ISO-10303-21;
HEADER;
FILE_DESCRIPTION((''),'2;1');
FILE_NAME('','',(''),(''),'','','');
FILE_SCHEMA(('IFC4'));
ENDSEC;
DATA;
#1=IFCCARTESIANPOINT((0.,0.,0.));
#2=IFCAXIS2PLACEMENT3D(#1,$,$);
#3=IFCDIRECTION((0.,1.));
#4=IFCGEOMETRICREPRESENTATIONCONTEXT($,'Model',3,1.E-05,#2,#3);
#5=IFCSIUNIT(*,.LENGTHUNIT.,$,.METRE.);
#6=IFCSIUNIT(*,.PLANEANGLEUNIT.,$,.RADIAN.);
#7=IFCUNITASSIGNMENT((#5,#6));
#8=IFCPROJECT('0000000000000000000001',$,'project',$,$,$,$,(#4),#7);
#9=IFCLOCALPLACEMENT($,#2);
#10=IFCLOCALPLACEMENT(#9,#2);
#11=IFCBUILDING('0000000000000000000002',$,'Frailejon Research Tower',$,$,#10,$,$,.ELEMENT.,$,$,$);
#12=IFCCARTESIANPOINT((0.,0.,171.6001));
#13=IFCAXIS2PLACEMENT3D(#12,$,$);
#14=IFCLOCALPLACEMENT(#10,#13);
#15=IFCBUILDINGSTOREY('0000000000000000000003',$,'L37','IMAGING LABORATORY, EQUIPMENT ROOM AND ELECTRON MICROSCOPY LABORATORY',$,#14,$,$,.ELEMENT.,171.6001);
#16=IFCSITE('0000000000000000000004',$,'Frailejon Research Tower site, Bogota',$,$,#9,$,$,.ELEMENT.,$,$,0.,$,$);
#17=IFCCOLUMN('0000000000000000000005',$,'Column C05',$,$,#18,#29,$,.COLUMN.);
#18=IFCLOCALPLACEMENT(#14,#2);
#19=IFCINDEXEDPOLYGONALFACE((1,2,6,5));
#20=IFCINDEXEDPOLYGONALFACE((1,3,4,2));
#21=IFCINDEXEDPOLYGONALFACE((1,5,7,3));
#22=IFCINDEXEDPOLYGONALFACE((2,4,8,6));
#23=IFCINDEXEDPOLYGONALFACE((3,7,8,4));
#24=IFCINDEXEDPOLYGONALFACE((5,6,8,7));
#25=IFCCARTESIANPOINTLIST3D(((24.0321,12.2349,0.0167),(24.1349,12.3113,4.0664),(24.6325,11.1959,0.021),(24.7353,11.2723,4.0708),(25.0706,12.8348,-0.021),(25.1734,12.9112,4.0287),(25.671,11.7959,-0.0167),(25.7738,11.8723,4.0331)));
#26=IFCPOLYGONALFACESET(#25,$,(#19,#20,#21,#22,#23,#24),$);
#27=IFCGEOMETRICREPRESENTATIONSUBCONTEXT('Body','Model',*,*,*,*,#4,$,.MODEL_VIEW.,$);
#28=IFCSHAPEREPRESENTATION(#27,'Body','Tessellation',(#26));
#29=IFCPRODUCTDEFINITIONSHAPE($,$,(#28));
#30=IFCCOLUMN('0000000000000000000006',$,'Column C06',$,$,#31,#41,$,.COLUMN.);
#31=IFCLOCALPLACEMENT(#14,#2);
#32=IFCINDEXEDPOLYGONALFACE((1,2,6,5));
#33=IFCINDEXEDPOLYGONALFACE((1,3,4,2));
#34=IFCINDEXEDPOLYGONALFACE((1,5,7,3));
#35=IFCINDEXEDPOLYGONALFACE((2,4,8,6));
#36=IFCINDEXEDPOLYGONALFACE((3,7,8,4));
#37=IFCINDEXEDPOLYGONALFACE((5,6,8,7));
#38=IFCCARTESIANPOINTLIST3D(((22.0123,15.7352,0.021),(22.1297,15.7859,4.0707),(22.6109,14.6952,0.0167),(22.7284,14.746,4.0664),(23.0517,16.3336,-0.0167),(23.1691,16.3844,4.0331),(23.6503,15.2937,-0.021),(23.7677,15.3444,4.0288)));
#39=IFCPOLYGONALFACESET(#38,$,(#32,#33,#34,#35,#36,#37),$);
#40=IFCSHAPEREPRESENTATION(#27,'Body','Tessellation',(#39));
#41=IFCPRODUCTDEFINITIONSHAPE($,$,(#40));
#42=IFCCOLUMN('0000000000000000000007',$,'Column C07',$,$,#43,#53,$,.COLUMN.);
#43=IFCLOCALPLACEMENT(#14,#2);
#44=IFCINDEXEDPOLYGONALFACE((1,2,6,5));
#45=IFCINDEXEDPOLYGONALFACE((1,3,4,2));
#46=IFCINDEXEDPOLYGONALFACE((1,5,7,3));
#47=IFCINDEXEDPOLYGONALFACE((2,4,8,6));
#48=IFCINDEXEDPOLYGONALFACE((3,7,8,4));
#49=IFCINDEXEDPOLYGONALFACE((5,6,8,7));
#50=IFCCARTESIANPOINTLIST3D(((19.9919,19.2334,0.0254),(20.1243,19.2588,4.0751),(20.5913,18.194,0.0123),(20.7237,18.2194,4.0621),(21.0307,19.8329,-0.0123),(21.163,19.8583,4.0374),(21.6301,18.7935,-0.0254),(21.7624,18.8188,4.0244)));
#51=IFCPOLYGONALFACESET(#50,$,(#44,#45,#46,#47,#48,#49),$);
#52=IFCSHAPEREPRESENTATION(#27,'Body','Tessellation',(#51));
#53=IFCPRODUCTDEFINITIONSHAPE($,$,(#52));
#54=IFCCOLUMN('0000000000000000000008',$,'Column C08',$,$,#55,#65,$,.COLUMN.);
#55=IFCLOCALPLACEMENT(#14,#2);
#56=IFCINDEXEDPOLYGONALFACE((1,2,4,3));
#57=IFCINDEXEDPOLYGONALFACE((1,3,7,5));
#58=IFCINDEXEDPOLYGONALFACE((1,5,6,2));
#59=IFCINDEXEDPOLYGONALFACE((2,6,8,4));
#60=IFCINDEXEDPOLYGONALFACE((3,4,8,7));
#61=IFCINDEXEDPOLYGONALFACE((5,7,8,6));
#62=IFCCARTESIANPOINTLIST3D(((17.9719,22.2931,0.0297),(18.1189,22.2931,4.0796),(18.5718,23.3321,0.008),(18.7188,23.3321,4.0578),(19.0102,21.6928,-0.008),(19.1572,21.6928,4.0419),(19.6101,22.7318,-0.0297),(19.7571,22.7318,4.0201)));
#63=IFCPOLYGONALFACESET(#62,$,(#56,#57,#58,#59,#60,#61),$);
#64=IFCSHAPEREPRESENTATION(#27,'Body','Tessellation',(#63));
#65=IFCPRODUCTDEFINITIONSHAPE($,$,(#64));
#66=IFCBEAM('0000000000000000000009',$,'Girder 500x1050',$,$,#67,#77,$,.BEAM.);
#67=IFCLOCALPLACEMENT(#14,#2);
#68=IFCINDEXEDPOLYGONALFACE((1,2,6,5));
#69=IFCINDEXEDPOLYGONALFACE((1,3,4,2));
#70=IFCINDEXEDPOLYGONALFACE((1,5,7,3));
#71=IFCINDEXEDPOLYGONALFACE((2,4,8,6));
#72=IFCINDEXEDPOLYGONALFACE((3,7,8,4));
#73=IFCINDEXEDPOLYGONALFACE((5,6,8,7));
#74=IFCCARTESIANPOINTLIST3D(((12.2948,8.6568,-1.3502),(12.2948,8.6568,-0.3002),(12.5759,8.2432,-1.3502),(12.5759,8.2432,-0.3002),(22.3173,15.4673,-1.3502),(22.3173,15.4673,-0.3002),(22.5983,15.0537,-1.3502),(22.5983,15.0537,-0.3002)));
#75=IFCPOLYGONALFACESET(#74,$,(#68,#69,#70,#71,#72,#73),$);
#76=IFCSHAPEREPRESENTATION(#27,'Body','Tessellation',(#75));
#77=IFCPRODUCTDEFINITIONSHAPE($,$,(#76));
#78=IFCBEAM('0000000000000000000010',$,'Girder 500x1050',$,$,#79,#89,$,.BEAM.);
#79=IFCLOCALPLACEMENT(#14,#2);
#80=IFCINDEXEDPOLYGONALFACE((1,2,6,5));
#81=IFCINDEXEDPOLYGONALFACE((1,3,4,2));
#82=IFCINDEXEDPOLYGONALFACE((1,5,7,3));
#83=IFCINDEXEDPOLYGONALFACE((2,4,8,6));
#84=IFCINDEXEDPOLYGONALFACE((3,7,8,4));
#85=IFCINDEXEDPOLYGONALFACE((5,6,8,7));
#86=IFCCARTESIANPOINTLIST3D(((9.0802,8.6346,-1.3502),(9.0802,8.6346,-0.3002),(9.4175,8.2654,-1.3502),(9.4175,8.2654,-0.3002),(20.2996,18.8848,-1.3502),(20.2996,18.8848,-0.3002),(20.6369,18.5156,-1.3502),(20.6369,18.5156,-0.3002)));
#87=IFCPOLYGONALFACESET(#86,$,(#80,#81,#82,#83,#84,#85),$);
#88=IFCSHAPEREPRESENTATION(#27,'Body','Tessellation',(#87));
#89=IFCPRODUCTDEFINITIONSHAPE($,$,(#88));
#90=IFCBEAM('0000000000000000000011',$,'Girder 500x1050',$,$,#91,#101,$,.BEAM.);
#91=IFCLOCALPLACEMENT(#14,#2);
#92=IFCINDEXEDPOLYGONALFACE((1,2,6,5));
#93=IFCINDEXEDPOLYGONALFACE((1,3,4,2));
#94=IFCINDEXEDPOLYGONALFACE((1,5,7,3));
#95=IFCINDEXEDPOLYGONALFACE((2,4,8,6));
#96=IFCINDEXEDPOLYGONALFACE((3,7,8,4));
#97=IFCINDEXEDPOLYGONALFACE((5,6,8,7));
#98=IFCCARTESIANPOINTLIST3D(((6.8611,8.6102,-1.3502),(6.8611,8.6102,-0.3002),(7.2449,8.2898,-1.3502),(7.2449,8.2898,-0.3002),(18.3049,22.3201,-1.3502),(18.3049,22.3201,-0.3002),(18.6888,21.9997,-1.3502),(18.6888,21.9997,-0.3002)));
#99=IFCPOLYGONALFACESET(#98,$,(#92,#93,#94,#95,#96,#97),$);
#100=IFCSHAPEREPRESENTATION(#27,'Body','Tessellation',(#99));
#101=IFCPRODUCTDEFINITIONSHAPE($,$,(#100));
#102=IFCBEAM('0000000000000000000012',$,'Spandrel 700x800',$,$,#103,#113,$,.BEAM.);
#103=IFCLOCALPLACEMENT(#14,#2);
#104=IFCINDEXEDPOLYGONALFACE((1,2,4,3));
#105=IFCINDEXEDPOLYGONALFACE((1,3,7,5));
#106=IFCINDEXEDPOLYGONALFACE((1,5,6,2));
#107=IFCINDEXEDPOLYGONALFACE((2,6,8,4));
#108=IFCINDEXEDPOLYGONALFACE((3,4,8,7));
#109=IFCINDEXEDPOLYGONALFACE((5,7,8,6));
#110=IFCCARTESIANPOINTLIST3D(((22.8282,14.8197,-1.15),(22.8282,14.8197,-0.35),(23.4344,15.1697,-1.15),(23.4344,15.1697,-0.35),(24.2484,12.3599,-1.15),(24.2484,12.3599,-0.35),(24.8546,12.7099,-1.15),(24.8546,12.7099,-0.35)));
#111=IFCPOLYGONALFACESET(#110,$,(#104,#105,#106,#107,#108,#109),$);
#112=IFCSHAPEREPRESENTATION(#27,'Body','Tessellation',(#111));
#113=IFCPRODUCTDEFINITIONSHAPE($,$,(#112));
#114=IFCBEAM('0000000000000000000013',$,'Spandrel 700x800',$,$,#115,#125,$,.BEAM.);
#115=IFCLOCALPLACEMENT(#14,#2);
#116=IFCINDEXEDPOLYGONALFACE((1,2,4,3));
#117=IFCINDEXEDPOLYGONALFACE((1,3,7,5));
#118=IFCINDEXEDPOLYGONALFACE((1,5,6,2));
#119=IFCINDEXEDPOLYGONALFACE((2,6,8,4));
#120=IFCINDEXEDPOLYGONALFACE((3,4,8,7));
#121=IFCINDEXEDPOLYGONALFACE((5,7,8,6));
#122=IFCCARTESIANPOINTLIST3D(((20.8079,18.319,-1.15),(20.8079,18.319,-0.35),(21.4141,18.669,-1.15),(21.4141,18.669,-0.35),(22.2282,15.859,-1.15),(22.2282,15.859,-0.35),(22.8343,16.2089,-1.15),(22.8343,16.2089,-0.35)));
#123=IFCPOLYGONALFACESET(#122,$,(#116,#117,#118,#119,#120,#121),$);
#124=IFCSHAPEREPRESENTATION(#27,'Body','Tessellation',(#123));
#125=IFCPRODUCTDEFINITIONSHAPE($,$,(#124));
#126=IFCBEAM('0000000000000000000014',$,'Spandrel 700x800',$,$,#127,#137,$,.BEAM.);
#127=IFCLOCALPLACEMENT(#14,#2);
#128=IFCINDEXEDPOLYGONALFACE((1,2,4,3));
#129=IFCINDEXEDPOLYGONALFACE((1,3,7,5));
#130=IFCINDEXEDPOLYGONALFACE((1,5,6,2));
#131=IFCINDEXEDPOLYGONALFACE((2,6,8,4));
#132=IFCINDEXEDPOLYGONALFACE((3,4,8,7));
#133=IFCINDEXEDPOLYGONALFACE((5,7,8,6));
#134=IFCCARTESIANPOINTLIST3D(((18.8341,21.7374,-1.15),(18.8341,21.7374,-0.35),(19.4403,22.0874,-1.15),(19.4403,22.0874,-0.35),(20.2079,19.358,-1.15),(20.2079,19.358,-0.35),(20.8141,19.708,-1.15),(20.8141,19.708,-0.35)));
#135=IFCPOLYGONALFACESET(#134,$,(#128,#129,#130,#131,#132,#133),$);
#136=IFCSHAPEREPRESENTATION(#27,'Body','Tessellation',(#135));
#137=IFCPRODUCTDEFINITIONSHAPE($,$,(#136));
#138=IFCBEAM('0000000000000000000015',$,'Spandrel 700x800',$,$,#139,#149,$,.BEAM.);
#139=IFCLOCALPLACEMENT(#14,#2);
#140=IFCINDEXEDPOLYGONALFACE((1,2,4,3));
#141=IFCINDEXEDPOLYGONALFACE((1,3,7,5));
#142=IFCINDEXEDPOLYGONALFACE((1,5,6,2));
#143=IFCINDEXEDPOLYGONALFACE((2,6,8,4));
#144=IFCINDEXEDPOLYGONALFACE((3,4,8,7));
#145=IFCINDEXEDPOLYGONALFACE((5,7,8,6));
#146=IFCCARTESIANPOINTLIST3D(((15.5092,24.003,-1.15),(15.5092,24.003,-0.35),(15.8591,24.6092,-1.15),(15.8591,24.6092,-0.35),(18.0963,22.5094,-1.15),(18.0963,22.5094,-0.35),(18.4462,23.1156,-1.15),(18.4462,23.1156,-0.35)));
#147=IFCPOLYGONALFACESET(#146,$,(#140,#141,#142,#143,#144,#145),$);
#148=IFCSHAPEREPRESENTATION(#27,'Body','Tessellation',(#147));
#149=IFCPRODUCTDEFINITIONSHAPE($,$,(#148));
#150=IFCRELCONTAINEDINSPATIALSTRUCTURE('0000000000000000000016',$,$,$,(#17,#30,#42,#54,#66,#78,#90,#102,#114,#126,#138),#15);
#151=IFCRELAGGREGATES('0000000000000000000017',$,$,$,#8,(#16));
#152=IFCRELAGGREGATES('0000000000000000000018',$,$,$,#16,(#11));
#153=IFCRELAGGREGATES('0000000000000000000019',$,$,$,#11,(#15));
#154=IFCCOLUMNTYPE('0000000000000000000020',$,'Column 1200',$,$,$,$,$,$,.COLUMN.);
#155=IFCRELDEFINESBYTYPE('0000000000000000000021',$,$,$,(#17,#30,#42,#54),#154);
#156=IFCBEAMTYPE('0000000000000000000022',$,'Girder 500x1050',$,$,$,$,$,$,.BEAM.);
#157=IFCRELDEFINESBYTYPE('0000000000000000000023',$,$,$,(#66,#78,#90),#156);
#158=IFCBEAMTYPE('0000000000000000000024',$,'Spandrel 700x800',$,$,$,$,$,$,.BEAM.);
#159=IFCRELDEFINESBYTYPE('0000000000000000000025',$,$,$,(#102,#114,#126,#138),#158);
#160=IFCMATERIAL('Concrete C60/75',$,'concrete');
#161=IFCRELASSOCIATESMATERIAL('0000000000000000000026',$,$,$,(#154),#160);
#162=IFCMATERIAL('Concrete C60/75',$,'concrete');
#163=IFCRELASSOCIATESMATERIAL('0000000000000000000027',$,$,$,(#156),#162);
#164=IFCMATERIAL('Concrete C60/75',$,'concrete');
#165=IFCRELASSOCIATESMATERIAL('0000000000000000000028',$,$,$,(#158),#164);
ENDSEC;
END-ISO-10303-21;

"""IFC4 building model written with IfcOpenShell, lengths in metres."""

from ifc_helpers import new_model, si_unit, direction, frame, origin, origin_2d, place, context, subcontext, project, spatial, rectangle, extrude, material, material_profile, profile_set, type_object, element, save


model = new_model("IFC4")

# Units and contexts
model_context = context("Model", 3, precision=1e-05, world=origin(), true_north=direction((0.0, 1.0)))
body_context = subcontext(model_context, "Body", "Model", "MODEL_VIEW")
ifc_project = project(units=[si_unit("LENGTHUNIT", "METRE"), si_unit("PLANEANGLEUNIT", "RADIAN")], contexts=[model_context])

# Site, building, storey
site_placement = place(None, origin())
site = spatial("IfcSite", under=ifc_project, at=site_placement, Name="Frailejon Research Tower site, Bogota", CompositionType="ELEMENT", RefElevation=0.0)
building_placement = place(site_placement, origin())
building = spatial("IfcBuilding", under=site, at=building_placement, Name="Frailejon Research Tower", CompositionType="ELEMENT")
storey_placement = place(building_placement, frame((0.0, 0.0, 171.6001)))
storey = spatial("IfcBuildingStorey", under=building, at=storey_placement, Name="L37", Description="IMAGING LABORATORY, EQUIPMENT ROOM AND ELECTRON MICROSCOPY LABORATORY", CompositionType="ELEMENT", Elevation=171.6001)

# Columns
ifc_material_1 = material(Name="Concrete C60/75", Category="concrete")
ifc_material_profile_1 = material_profile(ifc_material_1, rectangle(XDim=1.2, YDim=1.2, at=origin_2d()), Name="Column 1200")
ifc_profile_set_1 = profile_set([ifc_material_profile_1], Name="Concrete C60/75")
column_type = type_object("IfcColumnType", Name="Column 1200", PredefinedType="COLUMN", material=ifc_profile_set_1)
for number, where, z_axis, x_axis, name in (
    (1, (24.8516, 12.0154, 0.0), (0.025367, 0.01886, 0.9995), (-0.500322, 0.865832, -0.003639), "Column C05"),
    (2, (22.8313, 15.5144, 0.0), (0.028982, 0.012533, 0.999501), (-0.498879, 0.866664, 0.003599), "Column C06"),
):
    element("IfcColumn", number, at=place(storey_placement, frame(where, z_axis=z_axis, x_axis=x_axis)), inside=storey, type_object=column_type, Name=name, PredefinedType="COLUMN", context=body_context, shape_type="SweptSolid", body=[
        extrude(rectangle(XDim=1.2, YDim=1.2, at=origin_2d()), origin(), (0.0, 0.0, 1.0), 4.0518),
    ])
column_1_placement = place(storey_placement, frame((20.811, 19.0134, 0.0), z_axis=(0.032656, 0.006266, 0.999447), x_axis=(-0.49952, 0.866234, 0.01089)))
element("IfcColumn", 3, at=column_1_placement, inside=storey, type_object=column_type, Name="Column C07", PredefinedType="COLUMN", context=body_context, shape_type="SweptSolid", body=[
    extrude(rectangle(XDim=1.2, YDim=1.2, at=origin_2d()), origin(), (0.0, 0.0, 1.0), 4.052),
])
column_2_placement = place(storey_placement, frame((18.791, 22.5125, 0.0), z_axis=(0.036267, 0.0, 0.999342), x_axis=(-0.865313, 0.500246, 0.031403)))
element("IfcColumn", 4, at=column_2_placement, inside=storey, type_object=column_type, Name="Column C08", PredefinedType="COLUMN", context=body_context, shape_type="SweptSolid", body=[
    extrude(rectangle(XDim=1.2, YDim=1.2, at=origin_2d()), origin(), (0.0, 0.0, 1.0), 4.0525),
])

# Beams
ifc_material_2 = material(Name="Concrete C60/75", Category="concrete")
ifc_material_profile_2 = material_profile(ifc_material_2, rectangle(XDim=0.5, YDim=1.05, at=origin_2d()), Name="Girder 500x1050")
ifc_profile_set_2 = profile_set([ifc_material_profile_2], Name="Concrete C60/75")
beam_type_1 = type_object("IfcBeamType", Name="Girder 500x1050", PredefinedType="BEAM", material=ifc_profile_set_2)
beam_1_placement = place(storey_placement, frame((22.4578, 15.2605, -0.8252), z_axis=(-0.827108, -0.562043, 0.0), x_axis=(0.562043, -0.827108, 0.0)))
element("IfcBeam", 5, at=beam_1_placement, inside=storey, type_object=beam_type_1, Name="Girder 500x1050", PredefinedType="BEAM", context=body_context, shape_type="SweptSolid", body=[
    extrude(rectangle(XDim=0.5, YDim=1.05, at=origin_2d()), origin(), (0.0, 0.0, 1.0), 12.1174),
])
beam_2_placement = place(storey_placement, frame((20.4683, 18.7002, -0.8252), z_axis=(-0.738277, -0.674498, 0.0), x_axis=(0.674498, -0.738277, 0.0)))
element("IfcBeam", 6, at=beam_2_placement, inside=storey, type_object=beam_type_1, Name="Girder 500x1050", PredefinedType="BEAM", context=body_context, shape_type="SweptSolid", body=[
    extrude(rectangle(XDim=0.5, YDim=1.05, at=origin_2d()), origin(), (0.0, 0.0, 1.0), 15.1968),
])
beam_3_placement = place(storey_placement, frame((18.4968, 22.1599, -0.8252), z_axis=(-0.640808, -0.767701, 0.0), x_axis=(0.767701, -0.640808, 0.0)))
element("IfcBeam", 7, at=beam_3_placement, inside=storey, type_object=beam_type_1, Name="Girder 500x1050", PredefinedType="BEAM", context=body_context, shape_type="SweptSolid", body=[
    extrude(rectangle(XDim=0.5, YDim=1.05, at=origin_2d()), origin(), (0.0, 0.0, 1.0), 17.8584),
])
ifc_material_3 = material(Name="Concrete C60/75", Category="concrete")
ifc_material_profile_3 = material_profile(ifc_material_3, rectangle(XDim=0.7, YDim=0.8, at=origin_2d()), Name="Spandrel 700x800")
ifc_profile_set_3 = profile_set([ifc_material_profile_3], Name="Concrete C60/75")
beam_type_2 = type_object("IfcBeamType", Name="Spandrel 700x800", PredefinedType="BEAM", material=ifc_profile_set_3)
beam_4_placement = place(storey_placement, frame((24.5515, 12.5349, -0.75), z_axis=(-0.500013, 0.866018, 0.0), x_axis=(-0.866018, -0.500013, 0.0)))
element("IfcBeam", 8, at=beam_4_placement, inside=storey, type_object=beam_type_2, Name="Spandrel 700x800", PredefinedType="BEAM", context=body_context, shape_type="SweptSolid", body=[
    extrude(rectangle(XDim=0.7, YDim=0.8, at=origin_2d()), origin(), (0.0, 0.0, 1.0), 2.8403),
])
beam_5_placement = place(storey_placement, frame((22.5312, 16.0339, -0.75), z_axis=(-0.499975, 0.86604, 0.0), x_axis=(-0.86604, -0.499975, 0.0)))
element("IfcBeam", 9, at=beam_5_placement, inside=storey, type_object=beam_type_2, Name="Spandrel 700x800", PredefinedType="BEAM", context=body_context, shape_type="SweptSolid", body=[
    extrude(rectangle(XDim=0.7, YDim=0.8, at=origin_2d()), origin(), (0.0, 0.0, 1.0), 2.8406),
])
beam_6_placement = place(storey_placement, frame((20.511, 19.533, -0.75), z_axis=(-0.50001, 0.86602, 0.0), x_axis=(-0.86602, -0.50001, 0.0)))
element("IfcBeam", 10, at=beam_6_placement, inside=storey, type_object=beam_type_2, Name="Spandrel 700x800", PredefinedType="BEAM", context=body_context, shape_type="SweptSolid", body=[
    extrude(rectangle(XDim=0.7, YDim=0.8, at=origin_2d()), origin(), (0.0, 0.0, 1.0), 2.7476),
])
beam_7_placement = place(storey_placement, frame((18.2712, 22.8125, -0.75), z_axis=(-0.866032, 0.499989, 0.0), x_axis=(-0.499989, -0.866032, 0.0)))
element("IfcBeam", 11, at=beam_7_placement, inside=storey, type_object=beam_type_2, Name="Spandrel 700x800", PredefinedType="BEAM", context=body_context, shape_type="SweptSolid", body=[
    extrude(rectangle(XDim=0.7, YDim=0.8, at=origin_2d()), origin(), (0.0, 0.0, 1.0), 2.9873),
])

save(model, "model.ifc")
